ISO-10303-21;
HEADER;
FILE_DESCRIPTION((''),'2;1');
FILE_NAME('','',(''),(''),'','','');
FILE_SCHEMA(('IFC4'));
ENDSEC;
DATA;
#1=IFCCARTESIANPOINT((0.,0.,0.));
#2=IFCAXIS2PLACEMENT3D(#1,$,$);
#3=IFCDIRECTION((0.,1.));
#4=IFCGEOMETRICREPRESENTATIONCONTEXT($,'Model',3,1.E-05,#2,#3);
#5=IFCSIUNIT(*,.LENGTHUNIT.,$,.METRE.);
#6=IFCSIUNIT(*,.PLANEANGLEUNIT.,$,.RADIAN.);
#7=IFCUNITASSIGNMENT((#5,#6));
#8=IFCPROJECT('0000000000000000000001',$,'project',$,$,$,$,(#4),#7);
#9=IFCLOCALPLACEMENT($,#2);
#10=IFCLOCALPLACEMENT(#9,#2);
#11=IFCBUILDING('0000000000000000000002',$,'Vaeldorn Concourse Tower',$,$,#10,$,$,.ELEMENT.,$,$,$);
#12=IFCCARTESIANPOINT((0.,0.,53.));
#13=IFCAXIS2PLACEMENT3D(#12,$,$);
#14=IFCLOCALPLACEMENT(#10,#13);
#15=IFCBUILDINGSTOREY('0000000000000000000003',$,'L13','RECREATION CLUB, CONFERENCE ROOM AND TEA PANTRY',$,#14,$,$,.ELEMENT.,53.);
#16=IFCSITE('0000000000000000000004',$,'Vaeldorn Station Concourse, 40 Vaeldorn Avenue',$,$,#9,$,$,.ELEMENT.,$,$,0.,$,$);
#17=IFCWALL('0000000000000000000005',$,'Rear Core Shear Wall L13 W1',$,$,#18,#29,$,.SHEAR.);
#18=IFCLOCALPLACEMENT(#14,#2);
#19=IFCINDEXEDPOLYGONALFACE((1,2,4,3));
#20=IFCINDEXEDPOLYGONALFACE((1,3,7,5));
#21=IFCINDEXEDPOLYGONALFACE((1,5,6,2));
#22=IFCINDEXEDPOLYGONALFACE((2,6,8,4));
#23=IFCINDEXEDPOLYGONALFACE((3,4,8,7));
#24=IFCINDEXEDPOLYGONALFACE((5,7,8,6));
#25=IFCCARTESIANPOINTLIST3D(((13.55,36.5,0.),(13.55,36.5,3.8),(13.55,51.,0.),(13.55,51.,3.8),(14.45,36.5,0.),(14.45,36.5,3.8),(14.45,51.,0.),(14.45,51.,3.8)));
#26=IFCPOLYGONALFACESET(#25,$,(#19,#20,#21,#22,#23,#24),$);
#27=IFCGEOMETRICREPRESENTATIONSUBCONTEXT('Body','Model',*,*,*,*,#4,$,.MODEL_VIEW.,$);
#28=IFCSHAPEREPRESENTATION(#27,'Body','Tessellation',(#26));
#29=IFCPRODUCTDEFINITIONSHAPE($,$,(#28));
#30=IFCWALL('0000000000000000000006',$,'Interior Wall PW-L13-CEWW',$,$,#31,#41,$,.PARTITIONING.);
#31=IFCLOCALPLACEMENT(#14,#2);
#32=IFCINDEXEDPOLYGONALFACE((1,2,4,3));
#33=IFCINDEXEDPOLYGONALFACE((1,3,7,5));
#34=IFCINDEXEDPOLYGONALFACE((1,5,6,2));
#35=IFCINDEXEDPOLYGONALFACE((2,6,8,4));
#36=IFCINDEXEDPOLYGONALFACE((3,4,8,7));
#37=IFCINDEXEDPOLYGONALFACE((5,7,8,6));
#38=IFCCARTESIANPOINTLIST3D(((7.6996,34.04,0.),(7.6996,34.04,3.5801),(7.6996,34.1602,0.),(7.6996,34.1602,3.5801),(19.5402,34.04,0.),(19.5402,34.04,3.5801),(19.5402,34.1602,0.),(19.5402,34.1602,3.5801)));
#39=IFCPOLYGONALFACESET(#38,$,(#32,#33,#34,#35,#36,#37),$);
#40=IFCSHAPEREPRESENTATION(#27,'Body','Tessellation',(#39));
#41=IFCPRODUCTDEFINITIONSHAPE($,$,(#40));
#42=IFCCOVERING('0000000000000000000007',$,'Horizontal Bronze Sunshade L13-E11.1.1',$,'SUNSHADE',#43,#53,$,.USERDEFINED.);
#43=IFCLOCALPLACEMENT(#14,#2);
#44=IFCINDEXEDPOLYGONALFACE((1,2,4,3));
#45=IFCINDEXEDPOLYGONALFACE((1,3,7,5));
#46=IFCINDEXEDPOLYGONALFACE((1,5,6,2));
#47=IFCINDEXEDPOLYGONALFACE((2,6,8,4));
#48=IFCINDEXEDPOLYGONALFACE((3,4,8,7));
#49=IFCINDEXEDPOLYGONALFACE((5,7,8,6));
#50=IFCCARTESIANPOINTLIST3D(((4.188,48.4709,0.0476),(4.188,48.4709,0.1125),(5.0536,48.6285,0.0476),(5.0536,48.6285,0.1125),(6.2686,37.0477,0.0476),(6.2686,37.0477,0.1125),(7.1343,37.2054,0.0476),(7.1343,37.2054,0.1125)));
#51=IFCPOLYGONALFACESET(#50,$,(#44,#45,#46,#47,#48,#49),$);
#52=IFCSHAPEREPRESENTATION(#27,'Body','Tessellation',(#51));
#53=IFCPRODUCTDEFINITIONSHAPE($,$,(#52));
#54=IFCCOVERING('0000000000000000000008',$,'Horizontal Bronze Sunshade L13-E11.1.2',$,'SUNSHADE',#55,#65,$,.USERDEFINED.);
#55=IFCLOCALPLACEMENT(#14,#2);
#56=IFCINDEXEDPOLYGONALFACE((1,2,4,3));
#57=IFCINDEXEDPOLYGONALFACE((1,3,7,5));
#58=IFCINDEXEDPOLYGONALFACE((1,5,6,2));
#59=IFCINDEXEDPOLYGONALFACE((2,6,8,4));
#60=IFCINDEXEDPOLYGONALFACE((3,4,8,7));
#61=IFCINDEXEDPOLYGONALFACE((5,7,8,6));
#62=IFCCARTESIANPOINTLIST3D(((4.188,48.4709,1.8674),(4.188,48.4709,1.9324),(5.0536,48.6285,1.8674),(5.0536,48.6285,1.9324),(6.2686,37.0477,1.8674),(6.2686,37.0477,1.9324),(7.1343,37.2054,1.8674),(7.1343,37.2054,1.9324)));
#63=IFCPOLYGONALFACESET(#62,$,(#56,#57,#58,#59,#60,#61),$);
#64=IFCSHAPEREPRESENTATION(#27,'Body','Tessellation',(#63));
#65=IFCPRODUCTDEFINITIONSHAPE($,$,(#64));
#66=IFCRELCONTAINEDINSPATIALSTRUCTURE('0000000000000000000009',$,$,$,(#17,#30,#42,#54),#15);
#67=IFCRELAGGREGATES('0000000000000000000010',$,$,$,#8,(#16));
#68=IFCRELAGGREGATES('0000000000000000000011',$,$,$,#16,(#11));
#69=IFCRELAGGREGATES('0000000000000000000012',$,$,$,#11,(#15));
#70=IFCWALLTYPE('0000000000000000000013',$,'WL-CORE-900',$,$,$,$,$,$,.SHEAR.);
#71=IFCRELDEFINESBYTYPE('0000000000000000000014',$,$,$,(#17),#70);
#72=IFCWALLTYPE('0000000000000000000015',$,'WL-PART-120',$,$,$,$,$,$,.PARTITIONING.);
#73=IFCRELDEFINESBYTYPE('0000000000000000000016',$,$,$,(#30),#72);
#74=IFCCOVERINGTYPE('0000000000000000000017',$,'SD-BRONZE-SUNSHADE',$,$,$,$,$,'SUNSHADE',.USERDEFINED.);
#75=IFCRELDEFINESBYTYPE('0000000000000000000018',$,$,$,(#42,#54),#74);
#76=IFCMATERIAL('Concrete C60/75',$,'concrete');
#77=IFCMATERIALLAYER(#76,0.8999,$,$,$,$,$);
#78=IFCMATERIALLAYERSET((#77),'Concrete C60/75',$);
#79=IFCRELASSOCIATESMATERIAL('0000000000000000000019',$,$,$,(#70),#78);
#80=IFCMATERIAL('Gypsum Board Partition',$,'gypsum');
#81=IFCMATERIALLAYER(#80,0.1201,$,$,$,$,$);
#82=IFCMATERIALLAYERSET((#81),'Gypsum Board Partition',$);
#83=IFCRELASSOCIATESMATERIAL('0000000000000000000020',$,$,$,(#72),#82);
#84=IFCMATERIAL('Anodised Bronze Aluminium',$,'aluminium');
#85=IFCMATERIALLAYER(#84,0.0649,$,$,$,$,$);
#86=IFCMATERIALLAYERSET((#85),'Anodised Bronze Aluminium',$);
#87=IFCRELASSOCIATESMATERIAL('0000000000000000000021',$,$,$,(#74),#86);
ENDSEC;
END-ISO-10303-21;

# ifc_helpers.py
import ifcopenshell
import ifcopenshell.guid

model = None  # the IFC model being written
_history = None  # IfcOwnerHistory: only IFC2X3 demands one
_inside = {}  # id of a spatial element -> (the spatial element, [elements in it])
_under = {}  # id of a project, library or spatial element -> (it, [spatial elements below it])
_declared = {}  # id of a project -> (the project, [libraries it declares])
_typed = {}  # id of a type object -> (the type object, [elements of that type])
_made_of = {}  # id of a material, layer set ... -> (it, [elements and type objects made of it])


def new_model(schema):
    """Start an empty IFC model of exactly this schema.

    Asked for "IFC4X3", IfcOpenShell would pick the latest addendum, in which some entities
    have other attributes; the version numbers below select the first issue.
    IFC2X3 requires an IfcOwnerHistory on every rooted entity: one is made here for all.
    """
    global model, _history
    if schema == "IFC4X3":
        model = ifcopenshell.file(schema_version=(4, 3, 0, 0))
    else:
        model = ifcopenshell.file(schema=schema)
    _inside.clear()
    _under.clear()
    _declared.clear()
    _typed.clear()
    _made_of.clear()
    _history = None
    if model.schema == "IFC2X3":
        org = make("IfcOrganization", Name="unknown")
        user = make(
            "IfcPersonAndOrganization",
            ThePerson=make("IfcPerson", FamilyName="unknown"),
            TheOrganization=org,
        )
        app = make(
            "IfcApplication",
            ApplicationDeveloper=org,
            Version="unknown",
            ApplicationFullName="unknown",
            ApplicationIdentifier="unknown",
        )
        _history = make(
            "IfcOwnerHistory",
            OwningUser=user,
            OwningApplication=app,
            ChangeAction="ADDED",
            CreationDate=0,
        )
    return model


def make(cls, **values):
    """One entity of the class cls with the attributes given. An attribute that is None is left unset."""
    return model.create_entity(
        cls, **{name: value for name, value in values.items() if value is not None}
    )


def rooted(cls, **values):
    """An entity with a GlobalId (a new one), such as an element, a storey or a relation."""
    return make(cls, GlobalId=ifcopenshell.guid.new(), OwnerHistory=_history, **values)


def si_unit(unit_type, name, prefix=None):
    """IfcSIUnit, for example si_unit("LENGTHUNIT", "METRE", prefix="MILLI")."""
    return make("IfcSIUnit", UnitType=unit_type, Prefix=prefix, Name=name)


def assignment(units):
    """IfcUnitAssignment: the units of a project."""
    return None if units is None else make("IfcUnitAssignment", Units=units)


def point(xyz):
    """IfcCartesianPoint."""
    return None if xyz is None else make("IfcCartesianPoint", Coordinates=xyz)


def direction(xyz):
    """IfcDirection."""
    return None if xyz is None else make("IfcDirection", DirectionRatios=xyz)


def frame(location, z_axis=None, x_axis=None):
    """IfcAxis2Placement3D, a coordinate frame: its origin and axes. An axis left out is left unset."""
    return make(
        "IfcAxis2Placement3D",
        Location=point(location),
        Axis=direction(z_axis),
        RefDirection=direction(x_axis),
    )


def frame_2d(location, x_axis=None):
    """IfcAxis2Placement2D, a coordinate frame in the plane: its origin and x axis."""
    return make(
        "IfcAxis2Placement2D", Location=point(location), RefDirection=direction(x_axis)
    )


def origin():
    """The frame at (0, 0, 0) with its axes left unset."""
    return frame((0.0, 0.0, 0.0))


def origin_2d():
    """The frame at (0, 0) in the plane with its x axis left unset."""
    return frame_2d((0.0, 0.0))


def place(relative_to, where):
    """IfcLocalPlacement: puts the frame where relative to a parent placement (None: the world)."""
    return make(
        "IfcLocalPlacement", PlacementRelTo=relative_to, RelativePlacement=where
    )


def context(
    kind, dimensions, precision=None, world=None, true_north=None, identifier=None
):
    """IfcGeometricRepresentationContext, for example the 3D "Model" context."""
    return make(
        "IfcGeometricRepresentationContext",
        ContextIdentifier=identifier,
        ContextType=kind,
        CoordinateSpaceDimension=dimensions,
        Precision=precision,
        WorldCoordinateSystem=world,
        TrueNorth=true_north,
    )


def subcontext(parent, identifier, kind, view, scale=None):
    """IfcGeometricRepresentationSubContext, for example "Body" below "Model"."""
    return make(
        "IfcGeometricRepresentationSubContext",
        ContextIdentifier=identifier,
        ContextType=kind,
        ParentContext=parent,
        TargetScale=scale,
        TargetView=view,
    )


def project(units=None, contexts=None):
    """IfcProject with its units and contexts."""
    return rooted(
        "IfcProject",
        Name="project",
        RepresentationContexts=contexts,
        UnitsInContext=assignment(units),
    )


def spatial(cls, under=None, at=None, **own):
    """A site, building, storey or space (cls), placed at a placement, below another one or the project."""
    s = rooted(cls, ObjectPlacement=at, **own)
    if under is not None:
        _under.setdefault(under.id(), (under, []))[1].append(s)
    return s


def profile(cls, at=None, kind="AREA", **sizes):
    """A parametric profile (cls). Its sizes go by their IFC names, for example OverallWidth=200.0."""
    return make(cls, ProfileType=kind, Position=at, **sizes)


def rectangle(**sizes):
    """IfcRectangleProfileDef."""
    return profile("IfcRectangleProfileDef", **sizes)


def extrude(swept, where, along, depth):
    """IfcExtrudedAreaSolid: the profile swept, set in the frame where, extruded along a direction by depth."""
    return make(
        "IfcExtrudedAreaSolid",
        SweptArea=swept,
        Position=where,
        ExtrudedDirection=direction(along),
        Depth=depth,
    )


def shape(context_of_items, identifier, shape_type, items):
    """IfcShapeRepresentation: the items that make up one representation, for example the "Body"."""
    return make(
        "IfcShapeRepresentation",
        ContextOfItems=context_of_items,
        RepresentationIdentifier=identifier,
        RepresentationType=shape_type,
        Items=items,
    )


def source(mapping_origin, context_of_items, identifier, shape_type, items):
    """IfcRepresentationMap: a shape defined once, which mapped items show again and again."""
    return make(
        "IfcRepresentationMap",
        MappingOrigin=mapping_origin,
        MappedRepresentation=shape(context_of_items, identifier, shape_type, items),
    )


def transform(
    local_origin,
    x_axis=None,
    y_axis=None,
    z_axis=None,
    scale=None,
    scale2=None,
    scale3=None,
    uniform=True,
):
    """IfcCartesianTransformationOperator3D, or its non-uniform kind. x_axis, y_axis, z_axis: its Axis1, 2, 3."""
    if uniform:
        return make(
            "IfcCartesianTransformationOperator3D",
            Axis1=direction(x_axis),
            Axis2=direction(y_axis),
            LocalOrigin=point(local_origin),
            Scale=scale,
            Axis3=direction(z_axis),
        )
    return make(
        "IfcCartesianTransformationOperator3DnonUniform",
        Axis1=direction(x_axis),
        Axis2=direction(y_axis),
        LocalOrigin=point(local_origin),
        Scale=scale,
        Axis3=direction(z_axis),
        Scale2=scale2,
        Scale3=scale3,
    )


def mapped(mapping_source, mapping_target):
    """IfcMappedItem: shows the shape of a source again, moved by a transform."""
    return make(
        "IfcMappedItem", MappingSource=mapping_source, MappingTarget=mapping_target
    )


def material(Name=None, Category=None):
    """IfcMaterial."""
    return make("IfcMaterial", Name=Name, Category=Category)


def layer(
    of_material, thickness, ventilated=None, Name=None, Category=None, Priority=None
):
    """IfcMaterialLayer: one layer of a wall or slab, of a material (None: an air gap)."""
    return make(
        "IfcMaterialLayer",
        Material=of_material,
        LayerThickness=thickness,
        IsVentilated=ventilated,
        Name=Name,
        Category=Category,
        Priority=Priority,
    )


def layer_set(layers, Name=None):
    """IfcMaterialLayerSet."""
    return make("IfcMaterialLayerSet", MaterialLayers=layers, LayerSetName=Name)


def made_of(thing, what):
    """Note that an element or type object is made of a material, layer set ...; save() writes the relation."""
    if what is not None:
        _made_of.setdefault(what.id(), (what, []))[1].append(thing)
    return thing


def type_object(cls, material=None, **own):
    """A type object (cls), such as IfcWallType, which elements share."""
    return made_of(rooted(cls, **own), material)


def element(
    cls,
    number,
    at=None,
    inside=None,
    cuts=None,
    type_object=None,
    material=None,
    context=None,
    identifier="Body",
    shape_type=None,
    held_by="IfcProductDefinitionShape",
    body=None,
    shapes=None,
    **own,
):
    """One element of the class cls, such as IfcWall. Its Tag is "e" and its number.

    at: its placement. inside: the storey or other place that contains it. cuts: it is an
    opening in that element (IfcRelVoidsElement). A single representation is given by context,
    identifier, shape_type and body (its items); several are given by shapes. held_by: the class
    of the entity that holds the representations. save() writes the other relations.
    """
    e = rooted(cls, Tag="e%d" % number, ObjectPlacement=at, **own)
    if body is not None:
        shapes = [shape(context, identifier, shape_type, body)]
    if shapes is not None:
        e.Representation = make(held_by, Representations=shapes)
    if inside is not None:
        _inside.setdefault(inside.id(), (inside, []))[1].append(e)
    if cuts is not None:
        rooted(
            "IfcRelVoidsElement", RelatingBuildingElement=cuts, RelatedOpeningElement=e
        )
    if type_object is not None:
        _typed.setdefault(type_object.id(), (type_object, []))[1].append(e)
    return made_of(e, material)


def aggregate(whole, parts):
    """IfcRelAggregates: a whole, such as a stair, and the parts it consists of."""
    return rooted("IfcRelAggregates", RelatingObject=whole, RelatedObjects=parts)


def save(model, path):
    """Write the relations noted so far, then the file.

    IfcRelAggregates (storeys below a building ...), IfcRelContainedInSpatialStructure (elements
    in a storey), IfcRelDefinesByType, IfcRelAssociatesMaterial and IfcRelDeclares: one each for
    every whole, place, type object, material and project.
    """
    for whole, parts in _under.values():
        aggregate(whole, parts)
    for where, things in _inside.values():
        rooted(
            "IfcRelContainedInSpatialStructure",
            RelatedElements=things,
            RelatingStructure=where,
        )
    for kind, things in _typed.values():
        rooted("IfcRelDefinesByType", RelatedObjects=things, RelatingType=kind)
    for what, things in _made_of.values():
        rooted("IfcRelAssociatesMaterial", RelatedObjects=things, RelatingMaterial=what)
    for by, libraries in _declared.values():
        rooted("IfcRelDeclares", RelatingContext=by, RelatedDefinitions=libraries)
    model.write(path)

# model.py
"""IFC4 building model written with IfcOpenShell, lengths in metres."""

from ifc_helpers import new_model, si_unit, direction, frame, frame_2d, origin, origin_2d, place, context, subcontext, project, spatial, rectangle, extrude, source, transform, mapped, material, layer, layer_set, type_object, element, save


model = new_model("IFC4")

# Units and contexts
model_context = context("Model", 3, precision=1e-05, world=origin(), true_north=direction((0.0, 1.0)))
body_context = subcontext(model_context, "Body", "Model", "MODEL_VIEW")
ifc_project = project(units=[si_unit("LENGTHUNIT", "METRE"), si_unit("PLANEANGLEUNIT", "RADIAN")], contexts=[model_context])

# Site, building, storey
site_placement = place(None, origin())
site = spatial("IfcSite", under=ifc_project, at=site_placement, Name="Vaeldorn Station Concourse, 40 Vaeldorn Avenue", CompositionType="ELEMENT", RefElevation=0.0)
building_placement = place(site_placement, origin())
building = spatial("IfcBuilding", under=site, at=building_placement, Name="Vaeldorn Concourse Tower", CompositionType="ELEMENT")
storey_placement = place(building_placement, frame((0.0, 0.0, 53.0)))
storey = spatial("IfcBuildingStorey", under=building, at=storey_placement, Name="L13", Description="RECREATION CLUB, CONFERENCE ROOM AND TEA PANTRY", CompositionType="ELEMENT", Elevation=53.0)

# Shared definitions
ifc_material_1 = material(Name="Concrete C60/75", Category="concrete")

# Shared definitions
ifc_material_2 = material(Name="Anodised Bronze Aluminium", Category="aluminium")

# Walls
ifc_layer_1 = layer(ifc_material_1, 0.8999)
ifc_layer_set_1 = layer_set([ifc_layer_1], Name="Concrete C60/75")
wall_type_1 = type_object("IfcWallType", Name="WL-CORE-900", PredefinedType="SHEAR", material=ifc_layer_set_1)
wall_1_placement = place(storey_placement, frame((14.0, 36.5, 0.0), z_axis=(0.0, 0.0, 1.0), x_axis=(0.0, 1.0, 0.0)))
element("IfcWall", 1, at=wall_1_placement, inside=storey, type_object=wall_type_1, Name="Rear Core Shear Wall L13 W1", PredefinedType="SHEAR", context=body_context, shape_type="SweptSolid", body=[
    extrude(rectangle(XDim=14.5, YDim=0.8999, at=frame_2d((7.25, 0.0))), origin(), (0.0, 0.0, 1.0), 3.8),
])
ifc_material_3 = material(Name="Gypsum Board Partition", Category="gypsum")
ifc_layer_2 = layer(ifc_material_3, 0.1201)
ifc_layer_set_2 = layer_set([ifc_layer_2], Name="Gypsum Board Partition")
wall_type_2 = type_object("IfcWallType", Name="WL-PART-120", PredefinedType="PARTITIONING", material=ifc_layer_set_2)
wall_2_placement = place(storey_placement, frame((7.6995, 34.1001, 0.0), z_axis=(0.0, 0.0, 1.0), x_axis=(1.0, 0.0, 0.0)))
element("IfcWall", 2, at=wall_2_placement, inside=storey, type_object=wall_type_2, Name="Interior Wall PW-L13-CEWW", PredefinedType="PARTITIONING", context=body_context, shape_type="SweptSolid", body=[
    extrude(rectangle(XDim=11.8406, YDim=0.1201, at=frame_2d((5.9204, 0.0))), origin(), (0.0, 0.0, 1.0), 3.5801),
])

# Coverings
ifc_layer_3 = layer(ifc_material_2, 0.0649)
ifc_layer_set_3 = layer_set([ifc_layer_3], Name="Anodised Bronze Aluminium")
covering_type = type_object("IfcCoveringType", Name="SD-BRONZE-SUNSHADE", ElementType="SUNSHADE", PredefinedType="USERDEFINED", material=ifc_layer_set_3)
shared_shape_1 = source(origin(), body_context, "Body", "SweptSolid", [
    extrude(rectangle(XDim=11.6111, YDim=0.8799, at=origin_2d()), origin(), (0.0, 0.0, 1.0), 0.0649),
])
for number, where, z_axis, x_axis, name in (
    (3, (5.6611, 42.8381, 0.0476), (0.0, 0.0, 1.0), (0.179197, -0.983813, 0.0), "Horizontal Bronze Sunshade L13-E11.1.1"),
    (4, (5.6611, 42.8381, 1.8674), (0.0, 0.0, 1.0), (0.179197, -0.983813, 0.0), "Horizontal Bronze Sunshade L13-E11.1.2"),
):
    element("IfcCovering", number, at=place(storey_placement, frame(where, z_axis=z_axis, x_axis=x_axis)), inside=storey, type_object=covering_type, Name=name, ObjectType="SUNSHADE", PredefinedType="USERDEFINED", context=body_context, shape_type="MappedRepresentation", body=[
        mapped(shared_shape_1, transform((0.0, 0.0, 0.0), scale=1.0)),
    ])

save(model, "model.ifc")
